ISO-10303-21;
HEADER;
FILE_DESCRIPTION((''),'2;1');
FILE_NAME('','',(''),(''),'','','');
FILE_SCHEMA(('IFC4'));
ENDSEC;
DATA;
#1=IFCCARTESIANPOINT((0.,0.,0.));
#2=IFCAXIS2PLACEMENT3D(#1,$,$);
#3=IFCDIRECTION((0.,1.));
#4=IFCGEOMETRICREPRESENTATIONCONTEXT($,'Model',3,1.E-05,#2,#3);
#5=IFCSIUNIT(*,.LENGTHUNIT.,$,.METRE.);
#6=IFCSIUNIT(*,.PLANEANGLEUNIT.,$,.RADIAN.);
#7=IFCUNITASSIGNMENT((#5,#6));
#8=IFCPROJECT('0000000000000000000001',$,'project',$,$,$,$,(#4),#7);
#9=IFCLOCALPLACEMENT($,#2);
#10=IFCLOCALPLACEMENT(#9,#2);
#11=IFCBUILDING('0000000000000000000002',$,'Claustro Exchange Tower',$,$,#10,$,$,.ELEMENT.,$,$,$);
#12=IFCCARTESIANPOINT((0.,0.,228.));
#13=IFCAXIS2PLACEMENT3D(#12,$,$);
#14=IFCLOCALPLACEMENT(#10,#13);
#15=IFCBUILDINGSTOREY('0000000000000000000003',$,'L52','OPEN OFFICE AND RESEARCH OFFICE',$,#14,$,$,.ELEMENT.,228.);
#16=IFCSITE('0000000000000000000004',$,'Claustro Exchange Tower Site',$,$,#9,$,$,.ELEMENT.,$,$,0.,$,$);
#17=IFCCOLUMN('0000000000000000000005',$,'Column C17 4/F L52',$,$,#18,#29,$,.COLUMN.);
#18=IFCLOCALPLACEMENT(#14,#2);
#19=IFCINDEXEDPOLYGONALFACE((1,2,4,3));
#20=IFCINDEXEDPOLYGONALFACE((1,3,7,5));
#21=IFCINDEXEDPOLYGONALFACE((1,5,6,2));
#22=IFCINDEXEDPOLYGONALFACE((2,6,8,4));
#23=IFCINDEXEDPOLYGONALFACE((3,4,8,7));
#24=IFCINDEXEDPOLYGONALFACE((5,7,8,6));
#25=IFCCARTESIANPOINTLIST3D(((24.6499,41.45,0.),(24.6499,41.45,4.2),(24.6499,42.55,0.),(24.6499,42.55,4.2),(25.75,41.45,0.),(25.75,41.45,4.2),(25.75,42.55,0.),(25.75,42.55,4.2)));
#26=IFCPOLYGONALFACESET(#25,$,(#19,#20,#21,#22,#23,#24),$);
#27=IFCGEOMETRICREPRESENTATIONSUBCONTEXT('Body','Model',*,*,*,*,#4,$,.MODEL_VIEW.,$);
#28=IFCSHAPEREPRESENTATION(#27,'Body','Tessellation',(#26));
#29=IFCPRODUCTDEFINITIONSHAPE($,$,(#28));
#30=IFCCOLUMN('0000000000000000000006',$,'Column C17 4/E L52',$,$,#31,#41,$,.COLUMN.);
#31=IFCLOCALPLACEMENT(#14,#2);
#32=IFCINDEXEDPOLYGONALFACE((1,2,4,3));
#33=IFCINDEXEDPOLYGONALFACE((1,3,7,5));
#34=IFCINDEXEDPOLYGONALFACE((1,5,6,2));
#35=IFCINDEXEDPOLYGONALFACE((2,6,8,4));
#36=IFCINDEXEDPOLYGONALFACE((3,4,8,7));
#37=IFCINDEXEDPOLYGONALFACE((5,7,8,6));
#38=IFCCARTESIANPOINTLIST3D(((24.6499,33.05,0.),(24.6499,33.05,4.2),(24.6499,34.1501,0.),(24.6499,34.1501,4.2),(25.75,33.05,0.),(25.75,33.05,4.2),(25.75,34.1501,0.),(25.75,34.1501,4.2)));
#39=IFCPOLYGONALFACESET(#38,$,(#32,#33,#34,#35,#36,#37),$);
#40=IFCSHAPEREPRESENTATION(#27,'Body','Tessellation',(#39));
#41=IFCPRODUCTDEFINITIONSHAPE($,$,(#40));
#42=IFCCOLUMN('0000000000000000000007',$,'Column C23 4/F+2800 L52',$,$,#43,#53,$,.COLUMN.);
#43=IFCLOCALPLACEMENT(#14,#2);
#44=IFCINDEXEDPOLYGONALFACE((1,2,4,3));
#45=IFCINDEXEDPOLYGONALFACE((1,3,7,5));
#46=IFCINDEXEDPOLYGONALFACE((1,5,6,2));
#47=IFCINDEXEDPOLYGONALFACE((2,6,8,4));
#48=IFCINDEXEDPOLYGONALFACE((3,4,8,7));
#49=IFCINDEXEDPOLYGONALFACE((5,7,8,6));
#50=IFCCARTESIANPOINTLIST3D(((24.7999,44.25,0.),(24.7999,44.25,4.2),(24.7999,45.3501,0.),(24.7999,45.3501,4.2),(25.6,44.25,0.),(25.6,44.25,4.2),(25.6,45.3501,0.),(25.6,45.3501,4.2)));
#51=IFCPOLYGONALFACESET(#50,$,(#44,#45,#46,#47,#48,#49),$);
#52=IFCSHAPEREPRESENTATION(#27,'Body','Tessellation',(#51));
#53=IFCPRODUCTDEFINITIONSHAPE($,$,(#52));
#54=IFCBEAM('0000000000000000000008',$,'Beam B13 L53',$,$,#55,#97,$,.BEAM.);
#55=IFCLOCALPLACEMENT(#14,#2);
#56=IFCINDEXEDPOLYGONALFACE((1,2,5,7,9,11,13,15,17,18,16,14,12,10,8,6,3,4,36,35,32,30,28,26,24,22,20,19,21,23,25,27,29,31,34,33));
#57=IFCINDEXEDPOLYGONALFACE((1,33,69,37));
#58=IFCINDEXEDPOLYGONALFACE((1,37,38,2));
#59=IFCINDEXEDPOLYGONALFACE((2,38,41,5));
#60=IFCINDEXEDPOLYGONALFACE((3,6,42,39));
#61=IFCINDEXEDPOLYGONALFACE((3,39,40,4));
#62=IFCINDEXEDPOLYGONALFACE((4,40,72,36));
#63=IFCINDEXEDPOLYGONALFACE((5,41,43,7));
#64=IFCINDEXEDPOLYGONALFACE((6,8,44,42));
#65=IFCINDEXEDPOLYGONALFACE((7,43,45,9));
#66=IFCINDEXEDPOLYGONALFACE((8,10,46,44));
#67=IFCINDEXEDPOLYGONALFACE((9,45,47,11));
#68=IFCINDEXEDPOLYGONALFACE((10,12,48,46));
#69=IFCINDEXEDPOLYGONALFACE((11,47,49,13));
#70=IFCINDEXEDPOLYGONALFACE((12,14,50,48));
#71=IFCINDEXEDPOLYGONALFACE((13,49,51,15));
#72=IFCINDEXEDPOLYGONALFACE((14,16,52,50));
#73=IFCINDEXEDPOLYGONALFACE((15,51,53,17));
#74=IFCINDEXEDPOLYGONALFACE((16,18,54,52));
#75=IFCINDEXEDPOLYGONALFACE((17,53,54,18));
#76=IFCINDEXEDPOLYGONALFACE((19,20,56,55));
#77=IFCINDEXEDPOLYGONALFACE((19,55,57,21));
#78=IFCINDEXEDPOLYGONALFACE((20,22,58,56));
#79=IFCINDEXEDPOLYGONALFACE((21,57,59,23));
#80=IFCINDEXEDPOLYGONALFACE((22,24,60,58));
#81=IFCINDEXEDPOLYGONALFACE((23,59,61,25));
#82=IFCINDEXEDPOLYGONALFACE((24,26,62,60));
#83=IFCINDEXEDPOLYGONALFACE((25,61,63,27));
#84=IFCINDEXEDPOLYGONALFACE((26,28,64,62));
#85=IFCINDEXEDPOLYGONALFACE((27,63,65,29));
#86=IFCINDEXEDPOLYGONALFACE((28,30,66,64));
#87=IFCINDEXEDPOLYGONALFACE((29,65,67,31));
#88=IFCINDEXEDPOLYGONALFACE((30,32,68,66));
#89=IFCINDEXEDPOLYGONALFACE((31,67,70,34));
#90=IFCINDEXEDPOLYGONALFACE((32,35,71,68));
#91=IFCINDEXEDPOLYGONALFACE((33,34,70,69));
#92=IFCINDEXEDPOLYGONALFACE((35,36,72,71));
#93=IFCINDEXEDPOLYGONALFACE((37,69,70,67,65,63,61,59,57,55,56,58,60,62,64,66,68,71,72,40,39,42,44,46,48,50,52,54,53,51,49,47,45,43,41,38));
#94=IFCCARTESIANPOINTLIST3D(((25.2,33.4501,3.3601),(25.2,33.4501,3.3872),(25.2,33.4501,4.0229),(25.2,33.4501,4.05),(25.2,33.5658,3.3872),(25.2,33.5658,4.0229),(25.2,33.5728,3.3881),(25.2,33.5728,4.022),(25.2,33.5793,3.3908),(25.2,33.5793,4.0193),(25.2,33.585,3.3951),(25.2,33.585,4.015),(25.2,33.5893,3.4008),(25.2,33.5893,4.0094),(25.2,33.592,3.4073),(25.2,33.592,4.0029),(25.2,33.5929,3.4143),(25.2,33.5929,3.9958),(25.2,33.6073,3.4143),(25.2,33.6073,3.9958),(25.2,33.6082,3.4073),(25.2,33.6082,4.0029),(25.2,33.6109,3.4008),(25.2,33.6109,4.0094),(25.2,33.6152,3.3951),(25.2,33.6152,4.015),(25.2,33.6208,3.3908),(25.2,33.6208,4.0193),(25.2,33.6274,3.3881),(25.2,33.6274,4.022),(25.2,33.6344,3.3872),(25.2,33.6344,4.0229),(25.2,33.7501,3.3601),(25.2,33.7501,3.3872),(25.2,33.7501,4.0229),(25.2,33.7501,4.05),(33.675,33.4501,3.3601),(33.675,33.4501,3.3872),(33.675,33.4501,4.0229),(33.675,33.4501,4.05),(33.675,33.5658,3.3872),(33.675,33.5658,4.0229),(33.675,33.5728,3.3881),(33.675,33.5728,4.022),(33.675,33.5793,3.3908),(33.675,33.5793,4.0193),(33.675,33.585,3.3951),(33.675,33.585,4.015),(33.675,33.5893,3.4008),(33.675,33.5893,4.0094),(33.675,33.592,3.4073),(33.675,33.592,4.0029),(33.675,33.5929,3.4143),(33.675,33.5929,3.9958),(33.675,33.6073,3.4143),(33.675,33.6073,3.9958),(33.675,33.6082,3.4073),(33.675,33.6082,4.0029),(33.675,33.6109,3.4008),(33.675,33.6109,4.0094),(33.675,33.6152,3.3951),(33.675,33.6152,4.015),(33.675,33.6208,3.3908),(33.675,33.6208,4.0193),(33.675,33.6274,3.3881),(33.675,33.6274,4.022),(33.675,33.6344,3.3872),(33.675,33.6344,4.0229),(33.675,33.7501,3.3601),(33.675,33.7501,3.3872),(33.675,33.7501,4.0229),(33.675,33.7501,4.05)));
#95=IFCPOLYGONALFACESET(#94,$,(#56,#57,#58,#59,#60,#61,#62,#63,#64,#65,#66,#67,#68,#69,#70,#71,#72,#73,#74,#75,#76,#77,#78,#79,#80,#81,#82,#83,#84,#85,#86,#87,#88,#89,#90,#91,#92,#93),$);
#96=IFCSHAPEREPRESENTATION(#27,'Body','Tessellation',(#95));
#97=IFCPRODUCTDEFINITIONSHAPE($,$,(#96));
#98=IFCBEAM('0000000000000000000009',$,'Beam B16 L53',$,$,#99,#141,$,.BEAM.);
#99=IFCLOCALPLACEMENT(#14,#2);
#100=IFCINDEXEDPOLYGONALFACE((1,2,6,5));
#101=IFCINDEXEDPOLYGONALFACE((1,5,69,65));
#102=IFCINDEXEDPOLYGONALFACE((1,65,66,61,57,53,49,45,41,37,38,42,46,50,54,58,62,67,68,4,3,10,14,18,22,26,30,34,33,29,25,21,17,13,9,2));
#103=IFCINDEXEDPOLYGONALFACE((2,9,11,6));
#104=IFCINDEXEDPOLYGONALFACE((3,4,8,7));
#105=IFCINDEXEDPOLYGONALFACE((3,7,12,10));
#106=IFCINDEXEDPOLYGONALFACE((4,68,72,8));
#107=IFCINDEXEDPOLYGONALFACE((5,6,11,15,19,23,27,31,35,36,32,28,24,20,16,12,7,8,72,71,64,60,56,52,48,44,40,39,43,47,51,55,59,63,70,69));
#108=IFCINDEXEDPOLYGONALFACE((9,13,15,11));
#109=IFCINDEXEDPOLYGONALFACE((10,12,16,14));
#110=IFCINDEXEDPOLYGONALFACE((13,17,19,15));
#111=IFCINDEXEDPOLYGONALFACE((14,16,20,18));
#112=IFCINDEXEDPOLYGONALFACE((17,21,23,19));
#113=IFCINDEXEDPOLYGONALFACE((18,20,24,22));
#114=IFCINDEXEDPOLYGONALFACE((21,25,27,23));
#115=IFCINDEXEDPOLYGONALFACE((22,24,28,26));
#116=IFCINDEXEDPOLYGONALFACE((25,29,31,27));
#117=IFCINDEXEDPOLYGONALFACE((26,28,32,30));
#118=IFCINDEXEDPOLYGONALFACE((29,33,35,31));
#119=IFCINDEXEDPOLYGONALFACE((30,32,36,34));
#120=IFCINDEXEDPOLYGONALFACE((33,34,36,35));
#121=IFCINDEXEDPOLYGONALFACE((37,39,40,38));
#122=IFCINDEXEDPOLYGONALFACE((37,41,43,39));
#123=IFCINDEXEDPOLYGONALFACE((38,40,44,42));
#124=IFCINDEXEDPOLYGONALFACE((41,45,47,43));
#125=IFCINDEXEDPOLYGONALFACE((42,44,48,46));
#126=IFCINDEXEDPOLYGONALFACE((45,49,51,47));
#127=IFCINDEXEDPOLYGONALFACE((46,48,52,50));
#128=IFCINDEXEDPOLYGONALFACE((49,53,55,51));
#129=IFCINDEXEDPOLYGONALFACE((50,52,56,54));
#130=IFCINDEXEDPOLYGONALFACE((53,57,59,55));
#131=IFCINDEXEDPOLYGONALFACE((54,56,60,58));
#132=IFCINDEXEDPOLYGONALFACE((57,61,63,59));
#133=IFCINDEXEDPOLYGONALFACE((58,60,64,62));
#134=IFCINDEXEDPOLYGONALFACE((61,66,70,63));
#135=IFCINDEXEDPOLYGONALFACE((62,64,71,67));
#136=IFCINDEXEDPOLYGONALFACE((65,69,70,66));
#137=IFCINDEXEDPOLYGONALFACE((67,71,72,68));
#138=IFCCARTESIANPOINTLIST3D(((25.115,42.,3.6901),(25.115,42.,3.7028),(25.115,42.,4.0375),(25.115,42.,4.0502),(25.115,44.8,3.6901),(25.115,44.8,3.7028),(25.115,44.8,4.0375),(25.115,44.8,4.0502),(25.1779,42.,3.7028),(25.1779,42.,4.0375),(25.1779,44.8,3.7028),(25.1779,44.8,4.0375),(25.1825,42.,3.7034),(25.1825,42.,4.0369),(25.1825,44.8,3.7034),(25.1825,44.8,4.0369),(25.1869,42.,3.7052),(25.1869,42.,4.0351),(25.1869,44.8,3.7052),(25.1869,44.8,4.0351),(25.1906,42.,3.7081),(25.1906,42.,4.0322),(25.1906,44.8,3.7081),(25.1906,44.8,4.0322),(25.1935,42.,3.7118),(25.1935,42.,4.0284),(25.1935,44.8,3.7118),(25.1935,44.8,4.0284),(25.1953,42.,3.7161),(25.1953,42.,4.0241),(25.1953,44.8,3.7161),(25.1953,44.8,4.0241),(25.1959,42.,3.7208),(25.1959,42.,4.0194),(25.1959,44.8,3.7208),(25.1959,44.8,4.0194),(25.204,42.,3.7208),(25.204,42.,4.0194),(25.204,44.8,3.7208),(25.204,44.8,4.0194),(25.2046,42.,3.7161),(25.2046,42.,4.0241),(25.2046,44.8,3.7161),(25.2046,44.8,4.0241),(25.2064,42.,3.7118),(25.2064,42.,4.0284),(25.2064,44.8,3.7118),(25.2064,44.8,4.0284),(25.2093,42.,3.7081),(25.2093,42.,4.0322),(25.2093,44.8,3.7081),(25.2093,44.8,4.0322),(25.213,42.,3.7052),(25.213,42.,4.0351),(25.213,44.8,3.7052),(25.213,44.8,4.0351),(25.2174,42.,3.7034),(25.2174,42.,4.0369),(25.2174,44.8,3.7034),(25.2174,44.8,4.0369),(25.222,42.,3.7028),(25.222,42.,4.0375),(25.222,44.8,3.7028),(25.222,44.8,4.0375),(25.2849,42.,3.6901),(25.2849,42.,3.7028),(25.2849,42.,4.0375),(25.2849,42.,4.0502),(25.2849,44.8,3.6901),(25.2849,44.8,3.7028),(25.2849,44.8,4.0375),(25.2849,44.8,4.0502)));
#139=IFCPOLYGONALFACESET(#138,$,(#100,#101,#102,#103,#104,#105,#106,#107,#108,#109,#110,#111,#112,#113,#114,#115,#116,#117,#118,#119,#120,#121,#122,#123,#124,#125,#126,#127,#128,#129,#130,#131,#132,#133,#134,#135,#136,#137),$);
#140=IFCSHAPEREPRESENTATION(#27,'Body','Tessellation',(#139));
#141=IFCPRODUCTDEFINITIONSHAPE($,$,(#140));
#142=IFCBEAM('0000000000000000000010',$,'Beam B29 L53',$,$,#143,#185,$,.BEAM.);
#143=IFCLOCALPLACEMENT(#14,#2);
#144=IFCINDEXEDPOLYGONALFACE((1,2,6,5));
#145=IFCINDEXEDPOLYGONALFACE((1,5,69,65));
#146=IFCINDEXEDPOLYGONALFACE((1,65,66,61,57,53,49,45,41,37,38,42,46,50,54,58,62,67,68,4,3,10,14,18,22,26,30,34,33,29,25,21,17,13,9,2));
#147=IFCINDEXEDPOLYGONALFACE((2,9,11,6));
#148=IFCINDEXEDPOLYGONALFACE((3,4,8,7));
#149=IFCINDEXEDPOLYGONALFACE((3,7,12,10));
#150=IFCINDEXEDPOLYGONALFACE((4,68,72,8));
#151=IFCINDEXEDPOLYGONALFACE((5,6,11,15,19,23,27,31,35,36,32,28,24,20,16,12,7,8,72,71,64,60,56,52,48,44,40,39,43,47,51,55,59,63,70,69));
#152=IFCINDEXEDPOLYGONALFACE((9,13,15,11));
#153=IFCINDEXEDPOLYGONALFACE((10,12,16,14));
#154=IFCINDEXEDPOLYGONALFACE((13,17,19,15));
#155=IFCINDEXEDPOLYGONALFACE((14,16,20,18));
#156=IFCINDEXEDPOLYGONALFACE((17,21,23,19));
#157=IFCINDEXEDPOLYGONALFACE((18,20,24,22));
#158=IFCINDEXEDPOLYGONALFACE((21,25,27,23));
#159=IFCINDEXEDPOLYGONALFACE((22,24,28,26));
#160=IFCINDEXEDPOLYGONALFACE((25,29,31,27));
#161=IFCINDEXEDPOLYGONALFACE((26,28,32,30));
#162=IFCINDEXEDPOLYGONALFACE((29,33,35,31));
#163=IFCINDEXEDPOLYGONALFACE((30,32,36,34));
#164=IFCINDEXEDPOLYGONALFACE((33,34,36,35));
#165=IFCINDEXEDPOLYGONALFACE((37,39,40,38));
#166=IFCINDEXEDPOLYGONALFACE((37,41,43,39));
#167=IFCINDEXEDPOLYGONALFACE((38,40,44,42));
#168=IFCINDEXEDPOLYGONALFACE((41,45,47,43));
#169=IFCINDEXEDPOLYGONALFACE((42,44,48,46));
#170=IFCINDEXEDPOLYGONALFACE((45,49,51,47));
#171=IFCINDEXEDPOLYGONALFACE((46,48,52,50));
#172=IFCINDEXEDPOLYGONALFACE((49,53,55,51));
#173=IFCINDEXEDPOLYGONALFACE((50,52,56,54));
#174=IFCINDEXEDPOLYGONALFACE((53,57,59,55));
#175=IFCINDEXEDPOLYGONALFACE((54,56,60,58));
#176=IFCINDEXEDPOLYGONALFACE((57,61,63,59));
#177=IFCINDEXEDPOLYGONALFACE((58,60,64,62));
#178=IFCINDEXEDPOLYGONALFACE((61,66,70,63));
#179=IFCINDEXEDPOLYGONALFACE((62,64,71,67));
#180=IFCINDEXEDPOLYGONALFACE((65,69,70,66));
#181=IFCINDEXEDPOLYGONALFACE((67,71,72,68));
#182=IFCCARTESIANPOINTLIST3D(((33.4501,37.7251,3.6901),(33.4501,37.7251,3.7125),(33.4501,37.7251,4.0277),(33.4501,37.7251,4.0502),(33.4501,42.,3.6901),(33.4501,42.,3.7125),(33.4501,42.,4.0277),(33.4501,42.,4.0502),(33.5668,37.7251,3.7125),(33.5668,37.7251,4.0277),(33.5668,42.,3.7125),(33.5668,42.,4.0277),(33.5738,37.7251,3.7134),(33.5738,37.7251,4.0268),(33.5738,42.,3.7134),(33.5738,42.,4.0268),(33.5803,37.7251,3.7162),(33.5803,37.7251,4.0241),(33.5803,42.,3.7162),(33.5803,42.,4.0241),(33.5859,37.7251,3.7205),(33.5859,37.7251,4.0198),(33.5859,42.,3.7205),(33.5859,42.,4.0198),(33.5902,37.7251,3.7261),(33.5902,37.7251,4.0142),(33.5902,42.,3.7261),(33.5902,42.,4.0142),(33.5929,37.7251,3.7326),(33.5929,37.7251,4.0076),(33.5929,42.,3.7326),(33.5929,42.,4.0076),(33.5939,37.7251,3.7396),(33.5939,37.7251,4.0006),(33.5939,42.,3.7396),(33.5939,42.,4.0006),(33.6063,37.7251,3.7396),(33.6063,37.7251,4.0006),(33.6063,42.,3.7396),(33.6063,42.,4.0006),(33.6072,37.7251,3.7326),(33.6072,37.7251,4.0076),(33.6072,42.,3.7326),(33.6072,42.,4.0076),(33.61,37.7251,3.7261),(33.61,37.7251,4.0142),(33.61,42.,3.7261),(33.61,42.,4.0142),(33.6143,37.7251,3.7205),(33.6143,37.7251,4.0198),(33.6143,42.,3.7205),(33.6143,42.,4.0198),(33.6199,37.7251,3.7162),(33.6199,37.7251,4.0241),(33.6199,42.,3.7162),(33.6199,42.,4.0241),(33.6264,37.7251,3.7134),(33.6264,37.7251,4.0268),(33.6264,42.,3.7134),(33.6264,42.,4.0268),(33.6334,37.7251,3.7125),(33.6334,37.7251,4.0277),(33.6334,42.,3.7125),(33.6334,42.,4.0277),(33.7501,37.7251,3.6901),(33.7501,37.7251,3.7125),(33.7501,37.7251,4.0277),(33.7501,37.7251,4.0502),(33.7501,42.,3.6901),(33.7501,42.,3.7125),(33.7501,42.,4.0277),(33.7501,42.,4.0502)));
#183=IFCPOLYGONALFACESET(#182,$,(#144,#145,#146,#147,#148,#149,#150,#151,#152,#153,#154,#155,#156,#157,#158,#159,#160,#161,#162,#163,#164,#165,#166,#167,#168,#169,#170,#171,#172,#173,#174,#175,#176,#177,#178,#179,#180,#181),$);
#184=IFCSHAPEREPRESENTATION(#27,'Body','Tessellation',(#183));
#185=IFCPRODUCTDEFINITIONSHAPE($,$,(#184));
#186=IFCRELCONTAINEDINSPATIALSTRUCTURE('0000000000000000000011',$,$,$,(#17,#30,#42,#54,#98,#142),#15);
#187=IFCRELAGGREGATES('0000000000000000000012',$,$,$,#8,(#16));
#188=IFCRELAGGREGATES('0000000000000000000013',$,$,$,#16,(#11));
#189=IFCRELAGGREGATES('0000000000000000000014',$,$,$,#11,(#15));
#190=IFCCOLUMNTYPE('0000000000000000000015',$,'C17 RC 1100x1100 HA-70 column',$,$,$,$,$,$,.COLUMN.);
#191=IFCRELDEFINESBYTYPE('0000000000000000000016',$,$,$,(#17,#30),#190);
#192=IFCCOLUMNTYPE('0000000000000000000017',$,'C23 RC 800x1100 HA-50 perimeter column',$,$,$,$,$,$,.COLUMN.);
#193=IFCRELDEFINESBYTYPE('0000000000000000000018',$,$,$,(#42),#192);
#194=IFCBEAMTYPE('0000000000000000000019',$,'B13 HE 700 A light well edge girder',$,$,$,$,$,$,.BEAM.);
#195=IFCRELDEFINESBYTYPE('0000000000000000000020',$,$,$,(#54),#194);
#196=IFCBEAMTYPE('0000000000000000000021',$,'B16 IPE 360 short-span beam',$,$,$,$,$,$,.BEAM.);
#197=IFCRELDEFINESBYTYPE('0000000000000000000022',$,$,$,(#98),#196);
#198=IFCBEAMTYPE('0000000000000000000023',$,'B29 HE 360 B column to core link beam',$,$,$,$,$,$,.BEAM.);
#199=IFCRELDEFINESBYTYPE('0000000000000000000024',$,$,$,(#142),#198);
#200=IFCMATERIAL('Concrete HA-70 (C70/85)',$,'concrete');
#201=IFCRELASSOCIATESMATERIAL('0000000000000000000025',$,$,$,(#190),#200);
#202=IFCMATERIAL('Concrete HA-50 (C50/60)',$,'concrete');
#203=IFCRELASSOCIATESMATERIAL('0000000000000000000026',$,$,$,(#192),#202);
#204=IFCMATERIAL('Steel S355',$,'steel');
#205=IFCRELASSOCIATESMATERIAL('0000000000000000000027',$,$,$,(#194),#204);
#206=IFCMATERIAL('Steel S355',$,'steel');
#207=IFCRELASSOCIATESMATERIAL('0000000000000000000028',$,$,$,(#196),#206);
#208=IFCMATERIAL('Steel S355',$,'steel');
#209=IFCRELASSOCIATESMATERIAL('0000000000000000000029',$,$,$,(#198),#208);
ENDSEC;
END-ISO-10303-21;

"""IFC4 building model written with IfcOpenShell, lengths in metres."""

from ifc_helpers import new_model, si_unit, direction, frame, origin, origin_2d, place, context, subcontext, project, spatial, rectangle, i_section, extrude, material, material_profile, profile_set, type_object, element, save


model = new_model("IFC4")

# Units and contexts
model_context = context("Model", 3, precision=1e-05, world=origin(), true_north=direction((0.0, 1.0)))
body_context = subcontext(model_context, "Body", "Model", "MODEL_VIEW")
ifc_project = project(units=[si_unit("LENGTHUNIT", "METRE"), si_unit("PLANEANGLEUNIT", "RADIAN")], contexts=[model_context])

# Site, building, storey
site_placement = place(None, origin())
site = spatial("IfcSite", under=ifc_project, at=site_placement, Name="Claustro Exchange Tower Site", CompositionType="ELEMENT", RefElevation=0.0)
building_placement = place(site_placement, origin())
building = spatial("IfcBuilding", under=site, at=building_placement, Name="Claustro Exchange Tower", CompositionType="ELEMENT")
storey_placement = place(building_placement, frame((0.0, 0.0, 228.0)))
storey = spatial("IfcBuildingStorey", under=building, at=storey_placement, Name="L52", Description="OPEN OFFICE AND RESEARCH OFFICE", CompositionType="ELEMENT", Elevation=228.0)

# Columns
ifc_material_1 = material(Name="Concrete HA-70 (C70/85)", Category="concrete")
ifc_material_profile_1 = material_profile(ifc_material_1, rectangle(XDim=1.1001, YDim=1.1001, at=origin_2d()), Name="RC 1100x1100")
ifc_profile_set_1 = profile_set([ifc_material_profile_1], Name="Concrete HA-70 (C70/85)")
column_type_1 = type_object("IfcColumnType", Name="C17 RC 1100x1100 HA-70 column", PredefinedType="COLUMN", material=ifc_profile_set_1)
for number, where, z_axis, x_axis, name in (
    (1, (25.2, 42.0, 0.0), (0.0, 0.0, 1.0), (1.0, 0.0, 0.0), "Column C17 4/F L52"),
    (2, (25.2, 33.6001, 0.0), (0.0, 0.0, 1.0), (1.0, 0.0, 0.0), "Column C17 4/E L52"),
):
    element("IfcColumn", number, at=place(storey_placement, frame(where, z_axis=z_axis, x_axis=x_axis)), inside=storey, type_object=column_type_1, Name=name, PredefinedType="COLUMN", context=body_context, shape_type="SweptSolid", body=[
        extrude(rectangle(XDim=1.1001, YDim=1.1001, at=origin_2d()), origin(), (0.0, 0.0, 1.0), 4.2),
    ])
ifc_material_2 = material(Name="Concrete HA-50 (C50/60)", Category="concrete")
ifc_material_profile_2 = material_profile(ifc_material_2, rectangle(XDim=0.8, YDim=1.1001, at=origin_2d()), Name="RC 800x1100")
ifc_profile_set_2 = profile_set([ifc_material_profile_2], Name="Concrete HA-50 (C50/60)")
column_type_2 = type_object("IfcColumnType", Name="C23 RC 800x1100 HA-50 perimeter column", PredefinedType="COLUMN", material=ifc_profile_set_2)
column_placement = place(storey_placement, frame((25.2, 44.8, 0.0), z_axis=(0.0, 0.0, 1.0), x_axis=(1.0, 0.0, 0.0)))
element("IfcColumn", 3, at=column_placement, inside=storey, type_object=column_type_2, Name="Column C23 4/F+2800 L52", PredefinedType="COLUMN", context=body_context, shape_type="SweptSolid", body=[
    extrude(rectangle(XDim=0.8, YDim=1.1001, at=origin_2d()), origin(), (0.0, 0.0, 1.0), 4.2),
])

# Beams
ifc_material_3 = material(Name="Steel S355", Category="steel")
ifc_material_profile_3 = material_profile(ifc_material_3, i_section(OverallWidth=0.3, OverallDepth=0.6899, WebThickness=0.0144, FlangeThickness=0.0271, FilletRadius=0.0271, at=origin_2d()), Name="HE 700 A")
ifc_profile_set_3 = profile_set([ifc_material_profile_3], Name="Steel S355")
beam_type_1 = type_object("IfcBeamType", Name="B13 HE 700 A light well edge girder", PredefinedType="BEAM", material=ifc_profile_set_3)
beam_1_placement = place(storey_placement, frame((25.2, 33.6001, 3.7051), z_axis=(1.0, 0.0, 0.0), x_axis=(0.0, 1.0, 0.0)))
element("IfcBeam", 4, at=beam_1_placement, inside=storey, type_object=beam_type_1, Name="Beam B13 L53", PredefinedType="BEAM", context=body_context, shape_type="SweptSolid", body=[
    extrude(i_section(OverallWidth=0.3, OverallDepth=0.6899, WebThickness=0.0144, FlangeThickness=0.0271, FilletRadius=0.0271, at=origin_2d()), origin(), (0.0, 0.0, 1.0), 8.4751),
])
ifc_material_4 = material(Name="Steel S355", Category="steel")
ifc_material_profile_4 = material_profile(ifc_material_4, i_section(OverallWidth=0.1699, OverallDepth=0.3601, WebThickness=0.0081, FlangeThickness=0.0127, FilletRadius=0.0181, at=origin_2d()), Name="IPE 360")
ifc_profile_set_4 = profile_set([ifc_material_profile_4], Name="Steel S355")
beam_type_2 = type_object("IfcBeamType", Name="B16 IPE 360 short-span beam", PredefinedType="BEAM", material=ifc_profile_set_4)
beam_2_placement = place(storey_placement, frame((25.2, 42.0, 3.8701), z_axis=(0.0, 1.0, 0.0), x_axis=(-1.0, 0.0, 0.0)))
element("IfcBeam", 5, at=beam_2_placement, inside=storey, type_object=beam_type_2, Name="Beam B16 L53", PredefinedType="BEAM", context=body_context, shape_type="SweptSolid", body=[
    extrude(i_section(OverallWidth=0.1699, OverallDepth=0.3601, WebThickness=0.0081, FlangeThickness=0.0127, FilletRadius=0.0181, at=origin_2d()), origin(), (0.0, 0.0, 1.0), 2.8),
])
ifc_material_5 = material(Name="Steel S355", Category="steel")
ifc_material_profile_5 = material_profile(ifc_material_5, i_section(OverallWidth=0.3, OverallDepth=0.3601, WebThickness=0.0125, FlangeThickness=0.0225, FilletRadius=0.0271, at=origin_2d()), Name="HE 360 B")
ifc_profile_set_5 = profile_set([ifc_material_profile_5], Name="Steel S355")
beam_type_3 = type_object("IfcBeamType", Name="B29 HE 360 B column to core link beam", PredefinedType="BEAM", material=ifc_profile_set_5)
beam_3_placement = place(storey_placement, frame((33.6001, 37.7251, 3.8701), z_axis=(0.0, 1.0, 0.0), x_axis=(-1.0, 0.0, 0.0)))
element("IfcBeam", 6, at=beam_3_placement, inside=storey, type_object=beam_type_3, Name="Beam B29 L53", PredefinedType="BEAM", context=body_context, shape_type="SweptSolid", body=[
    extrude(i_section(OverallWidth=0.3, OverallDepth=0.3601, WebThickness=0.0125, FlangeThickness=0.0225, FilletRadius=0.0271, at=origin_2d()), origin(), (0.0, 0.0, 1.0), 4.2749),
])

save(model, "model.ifc")
